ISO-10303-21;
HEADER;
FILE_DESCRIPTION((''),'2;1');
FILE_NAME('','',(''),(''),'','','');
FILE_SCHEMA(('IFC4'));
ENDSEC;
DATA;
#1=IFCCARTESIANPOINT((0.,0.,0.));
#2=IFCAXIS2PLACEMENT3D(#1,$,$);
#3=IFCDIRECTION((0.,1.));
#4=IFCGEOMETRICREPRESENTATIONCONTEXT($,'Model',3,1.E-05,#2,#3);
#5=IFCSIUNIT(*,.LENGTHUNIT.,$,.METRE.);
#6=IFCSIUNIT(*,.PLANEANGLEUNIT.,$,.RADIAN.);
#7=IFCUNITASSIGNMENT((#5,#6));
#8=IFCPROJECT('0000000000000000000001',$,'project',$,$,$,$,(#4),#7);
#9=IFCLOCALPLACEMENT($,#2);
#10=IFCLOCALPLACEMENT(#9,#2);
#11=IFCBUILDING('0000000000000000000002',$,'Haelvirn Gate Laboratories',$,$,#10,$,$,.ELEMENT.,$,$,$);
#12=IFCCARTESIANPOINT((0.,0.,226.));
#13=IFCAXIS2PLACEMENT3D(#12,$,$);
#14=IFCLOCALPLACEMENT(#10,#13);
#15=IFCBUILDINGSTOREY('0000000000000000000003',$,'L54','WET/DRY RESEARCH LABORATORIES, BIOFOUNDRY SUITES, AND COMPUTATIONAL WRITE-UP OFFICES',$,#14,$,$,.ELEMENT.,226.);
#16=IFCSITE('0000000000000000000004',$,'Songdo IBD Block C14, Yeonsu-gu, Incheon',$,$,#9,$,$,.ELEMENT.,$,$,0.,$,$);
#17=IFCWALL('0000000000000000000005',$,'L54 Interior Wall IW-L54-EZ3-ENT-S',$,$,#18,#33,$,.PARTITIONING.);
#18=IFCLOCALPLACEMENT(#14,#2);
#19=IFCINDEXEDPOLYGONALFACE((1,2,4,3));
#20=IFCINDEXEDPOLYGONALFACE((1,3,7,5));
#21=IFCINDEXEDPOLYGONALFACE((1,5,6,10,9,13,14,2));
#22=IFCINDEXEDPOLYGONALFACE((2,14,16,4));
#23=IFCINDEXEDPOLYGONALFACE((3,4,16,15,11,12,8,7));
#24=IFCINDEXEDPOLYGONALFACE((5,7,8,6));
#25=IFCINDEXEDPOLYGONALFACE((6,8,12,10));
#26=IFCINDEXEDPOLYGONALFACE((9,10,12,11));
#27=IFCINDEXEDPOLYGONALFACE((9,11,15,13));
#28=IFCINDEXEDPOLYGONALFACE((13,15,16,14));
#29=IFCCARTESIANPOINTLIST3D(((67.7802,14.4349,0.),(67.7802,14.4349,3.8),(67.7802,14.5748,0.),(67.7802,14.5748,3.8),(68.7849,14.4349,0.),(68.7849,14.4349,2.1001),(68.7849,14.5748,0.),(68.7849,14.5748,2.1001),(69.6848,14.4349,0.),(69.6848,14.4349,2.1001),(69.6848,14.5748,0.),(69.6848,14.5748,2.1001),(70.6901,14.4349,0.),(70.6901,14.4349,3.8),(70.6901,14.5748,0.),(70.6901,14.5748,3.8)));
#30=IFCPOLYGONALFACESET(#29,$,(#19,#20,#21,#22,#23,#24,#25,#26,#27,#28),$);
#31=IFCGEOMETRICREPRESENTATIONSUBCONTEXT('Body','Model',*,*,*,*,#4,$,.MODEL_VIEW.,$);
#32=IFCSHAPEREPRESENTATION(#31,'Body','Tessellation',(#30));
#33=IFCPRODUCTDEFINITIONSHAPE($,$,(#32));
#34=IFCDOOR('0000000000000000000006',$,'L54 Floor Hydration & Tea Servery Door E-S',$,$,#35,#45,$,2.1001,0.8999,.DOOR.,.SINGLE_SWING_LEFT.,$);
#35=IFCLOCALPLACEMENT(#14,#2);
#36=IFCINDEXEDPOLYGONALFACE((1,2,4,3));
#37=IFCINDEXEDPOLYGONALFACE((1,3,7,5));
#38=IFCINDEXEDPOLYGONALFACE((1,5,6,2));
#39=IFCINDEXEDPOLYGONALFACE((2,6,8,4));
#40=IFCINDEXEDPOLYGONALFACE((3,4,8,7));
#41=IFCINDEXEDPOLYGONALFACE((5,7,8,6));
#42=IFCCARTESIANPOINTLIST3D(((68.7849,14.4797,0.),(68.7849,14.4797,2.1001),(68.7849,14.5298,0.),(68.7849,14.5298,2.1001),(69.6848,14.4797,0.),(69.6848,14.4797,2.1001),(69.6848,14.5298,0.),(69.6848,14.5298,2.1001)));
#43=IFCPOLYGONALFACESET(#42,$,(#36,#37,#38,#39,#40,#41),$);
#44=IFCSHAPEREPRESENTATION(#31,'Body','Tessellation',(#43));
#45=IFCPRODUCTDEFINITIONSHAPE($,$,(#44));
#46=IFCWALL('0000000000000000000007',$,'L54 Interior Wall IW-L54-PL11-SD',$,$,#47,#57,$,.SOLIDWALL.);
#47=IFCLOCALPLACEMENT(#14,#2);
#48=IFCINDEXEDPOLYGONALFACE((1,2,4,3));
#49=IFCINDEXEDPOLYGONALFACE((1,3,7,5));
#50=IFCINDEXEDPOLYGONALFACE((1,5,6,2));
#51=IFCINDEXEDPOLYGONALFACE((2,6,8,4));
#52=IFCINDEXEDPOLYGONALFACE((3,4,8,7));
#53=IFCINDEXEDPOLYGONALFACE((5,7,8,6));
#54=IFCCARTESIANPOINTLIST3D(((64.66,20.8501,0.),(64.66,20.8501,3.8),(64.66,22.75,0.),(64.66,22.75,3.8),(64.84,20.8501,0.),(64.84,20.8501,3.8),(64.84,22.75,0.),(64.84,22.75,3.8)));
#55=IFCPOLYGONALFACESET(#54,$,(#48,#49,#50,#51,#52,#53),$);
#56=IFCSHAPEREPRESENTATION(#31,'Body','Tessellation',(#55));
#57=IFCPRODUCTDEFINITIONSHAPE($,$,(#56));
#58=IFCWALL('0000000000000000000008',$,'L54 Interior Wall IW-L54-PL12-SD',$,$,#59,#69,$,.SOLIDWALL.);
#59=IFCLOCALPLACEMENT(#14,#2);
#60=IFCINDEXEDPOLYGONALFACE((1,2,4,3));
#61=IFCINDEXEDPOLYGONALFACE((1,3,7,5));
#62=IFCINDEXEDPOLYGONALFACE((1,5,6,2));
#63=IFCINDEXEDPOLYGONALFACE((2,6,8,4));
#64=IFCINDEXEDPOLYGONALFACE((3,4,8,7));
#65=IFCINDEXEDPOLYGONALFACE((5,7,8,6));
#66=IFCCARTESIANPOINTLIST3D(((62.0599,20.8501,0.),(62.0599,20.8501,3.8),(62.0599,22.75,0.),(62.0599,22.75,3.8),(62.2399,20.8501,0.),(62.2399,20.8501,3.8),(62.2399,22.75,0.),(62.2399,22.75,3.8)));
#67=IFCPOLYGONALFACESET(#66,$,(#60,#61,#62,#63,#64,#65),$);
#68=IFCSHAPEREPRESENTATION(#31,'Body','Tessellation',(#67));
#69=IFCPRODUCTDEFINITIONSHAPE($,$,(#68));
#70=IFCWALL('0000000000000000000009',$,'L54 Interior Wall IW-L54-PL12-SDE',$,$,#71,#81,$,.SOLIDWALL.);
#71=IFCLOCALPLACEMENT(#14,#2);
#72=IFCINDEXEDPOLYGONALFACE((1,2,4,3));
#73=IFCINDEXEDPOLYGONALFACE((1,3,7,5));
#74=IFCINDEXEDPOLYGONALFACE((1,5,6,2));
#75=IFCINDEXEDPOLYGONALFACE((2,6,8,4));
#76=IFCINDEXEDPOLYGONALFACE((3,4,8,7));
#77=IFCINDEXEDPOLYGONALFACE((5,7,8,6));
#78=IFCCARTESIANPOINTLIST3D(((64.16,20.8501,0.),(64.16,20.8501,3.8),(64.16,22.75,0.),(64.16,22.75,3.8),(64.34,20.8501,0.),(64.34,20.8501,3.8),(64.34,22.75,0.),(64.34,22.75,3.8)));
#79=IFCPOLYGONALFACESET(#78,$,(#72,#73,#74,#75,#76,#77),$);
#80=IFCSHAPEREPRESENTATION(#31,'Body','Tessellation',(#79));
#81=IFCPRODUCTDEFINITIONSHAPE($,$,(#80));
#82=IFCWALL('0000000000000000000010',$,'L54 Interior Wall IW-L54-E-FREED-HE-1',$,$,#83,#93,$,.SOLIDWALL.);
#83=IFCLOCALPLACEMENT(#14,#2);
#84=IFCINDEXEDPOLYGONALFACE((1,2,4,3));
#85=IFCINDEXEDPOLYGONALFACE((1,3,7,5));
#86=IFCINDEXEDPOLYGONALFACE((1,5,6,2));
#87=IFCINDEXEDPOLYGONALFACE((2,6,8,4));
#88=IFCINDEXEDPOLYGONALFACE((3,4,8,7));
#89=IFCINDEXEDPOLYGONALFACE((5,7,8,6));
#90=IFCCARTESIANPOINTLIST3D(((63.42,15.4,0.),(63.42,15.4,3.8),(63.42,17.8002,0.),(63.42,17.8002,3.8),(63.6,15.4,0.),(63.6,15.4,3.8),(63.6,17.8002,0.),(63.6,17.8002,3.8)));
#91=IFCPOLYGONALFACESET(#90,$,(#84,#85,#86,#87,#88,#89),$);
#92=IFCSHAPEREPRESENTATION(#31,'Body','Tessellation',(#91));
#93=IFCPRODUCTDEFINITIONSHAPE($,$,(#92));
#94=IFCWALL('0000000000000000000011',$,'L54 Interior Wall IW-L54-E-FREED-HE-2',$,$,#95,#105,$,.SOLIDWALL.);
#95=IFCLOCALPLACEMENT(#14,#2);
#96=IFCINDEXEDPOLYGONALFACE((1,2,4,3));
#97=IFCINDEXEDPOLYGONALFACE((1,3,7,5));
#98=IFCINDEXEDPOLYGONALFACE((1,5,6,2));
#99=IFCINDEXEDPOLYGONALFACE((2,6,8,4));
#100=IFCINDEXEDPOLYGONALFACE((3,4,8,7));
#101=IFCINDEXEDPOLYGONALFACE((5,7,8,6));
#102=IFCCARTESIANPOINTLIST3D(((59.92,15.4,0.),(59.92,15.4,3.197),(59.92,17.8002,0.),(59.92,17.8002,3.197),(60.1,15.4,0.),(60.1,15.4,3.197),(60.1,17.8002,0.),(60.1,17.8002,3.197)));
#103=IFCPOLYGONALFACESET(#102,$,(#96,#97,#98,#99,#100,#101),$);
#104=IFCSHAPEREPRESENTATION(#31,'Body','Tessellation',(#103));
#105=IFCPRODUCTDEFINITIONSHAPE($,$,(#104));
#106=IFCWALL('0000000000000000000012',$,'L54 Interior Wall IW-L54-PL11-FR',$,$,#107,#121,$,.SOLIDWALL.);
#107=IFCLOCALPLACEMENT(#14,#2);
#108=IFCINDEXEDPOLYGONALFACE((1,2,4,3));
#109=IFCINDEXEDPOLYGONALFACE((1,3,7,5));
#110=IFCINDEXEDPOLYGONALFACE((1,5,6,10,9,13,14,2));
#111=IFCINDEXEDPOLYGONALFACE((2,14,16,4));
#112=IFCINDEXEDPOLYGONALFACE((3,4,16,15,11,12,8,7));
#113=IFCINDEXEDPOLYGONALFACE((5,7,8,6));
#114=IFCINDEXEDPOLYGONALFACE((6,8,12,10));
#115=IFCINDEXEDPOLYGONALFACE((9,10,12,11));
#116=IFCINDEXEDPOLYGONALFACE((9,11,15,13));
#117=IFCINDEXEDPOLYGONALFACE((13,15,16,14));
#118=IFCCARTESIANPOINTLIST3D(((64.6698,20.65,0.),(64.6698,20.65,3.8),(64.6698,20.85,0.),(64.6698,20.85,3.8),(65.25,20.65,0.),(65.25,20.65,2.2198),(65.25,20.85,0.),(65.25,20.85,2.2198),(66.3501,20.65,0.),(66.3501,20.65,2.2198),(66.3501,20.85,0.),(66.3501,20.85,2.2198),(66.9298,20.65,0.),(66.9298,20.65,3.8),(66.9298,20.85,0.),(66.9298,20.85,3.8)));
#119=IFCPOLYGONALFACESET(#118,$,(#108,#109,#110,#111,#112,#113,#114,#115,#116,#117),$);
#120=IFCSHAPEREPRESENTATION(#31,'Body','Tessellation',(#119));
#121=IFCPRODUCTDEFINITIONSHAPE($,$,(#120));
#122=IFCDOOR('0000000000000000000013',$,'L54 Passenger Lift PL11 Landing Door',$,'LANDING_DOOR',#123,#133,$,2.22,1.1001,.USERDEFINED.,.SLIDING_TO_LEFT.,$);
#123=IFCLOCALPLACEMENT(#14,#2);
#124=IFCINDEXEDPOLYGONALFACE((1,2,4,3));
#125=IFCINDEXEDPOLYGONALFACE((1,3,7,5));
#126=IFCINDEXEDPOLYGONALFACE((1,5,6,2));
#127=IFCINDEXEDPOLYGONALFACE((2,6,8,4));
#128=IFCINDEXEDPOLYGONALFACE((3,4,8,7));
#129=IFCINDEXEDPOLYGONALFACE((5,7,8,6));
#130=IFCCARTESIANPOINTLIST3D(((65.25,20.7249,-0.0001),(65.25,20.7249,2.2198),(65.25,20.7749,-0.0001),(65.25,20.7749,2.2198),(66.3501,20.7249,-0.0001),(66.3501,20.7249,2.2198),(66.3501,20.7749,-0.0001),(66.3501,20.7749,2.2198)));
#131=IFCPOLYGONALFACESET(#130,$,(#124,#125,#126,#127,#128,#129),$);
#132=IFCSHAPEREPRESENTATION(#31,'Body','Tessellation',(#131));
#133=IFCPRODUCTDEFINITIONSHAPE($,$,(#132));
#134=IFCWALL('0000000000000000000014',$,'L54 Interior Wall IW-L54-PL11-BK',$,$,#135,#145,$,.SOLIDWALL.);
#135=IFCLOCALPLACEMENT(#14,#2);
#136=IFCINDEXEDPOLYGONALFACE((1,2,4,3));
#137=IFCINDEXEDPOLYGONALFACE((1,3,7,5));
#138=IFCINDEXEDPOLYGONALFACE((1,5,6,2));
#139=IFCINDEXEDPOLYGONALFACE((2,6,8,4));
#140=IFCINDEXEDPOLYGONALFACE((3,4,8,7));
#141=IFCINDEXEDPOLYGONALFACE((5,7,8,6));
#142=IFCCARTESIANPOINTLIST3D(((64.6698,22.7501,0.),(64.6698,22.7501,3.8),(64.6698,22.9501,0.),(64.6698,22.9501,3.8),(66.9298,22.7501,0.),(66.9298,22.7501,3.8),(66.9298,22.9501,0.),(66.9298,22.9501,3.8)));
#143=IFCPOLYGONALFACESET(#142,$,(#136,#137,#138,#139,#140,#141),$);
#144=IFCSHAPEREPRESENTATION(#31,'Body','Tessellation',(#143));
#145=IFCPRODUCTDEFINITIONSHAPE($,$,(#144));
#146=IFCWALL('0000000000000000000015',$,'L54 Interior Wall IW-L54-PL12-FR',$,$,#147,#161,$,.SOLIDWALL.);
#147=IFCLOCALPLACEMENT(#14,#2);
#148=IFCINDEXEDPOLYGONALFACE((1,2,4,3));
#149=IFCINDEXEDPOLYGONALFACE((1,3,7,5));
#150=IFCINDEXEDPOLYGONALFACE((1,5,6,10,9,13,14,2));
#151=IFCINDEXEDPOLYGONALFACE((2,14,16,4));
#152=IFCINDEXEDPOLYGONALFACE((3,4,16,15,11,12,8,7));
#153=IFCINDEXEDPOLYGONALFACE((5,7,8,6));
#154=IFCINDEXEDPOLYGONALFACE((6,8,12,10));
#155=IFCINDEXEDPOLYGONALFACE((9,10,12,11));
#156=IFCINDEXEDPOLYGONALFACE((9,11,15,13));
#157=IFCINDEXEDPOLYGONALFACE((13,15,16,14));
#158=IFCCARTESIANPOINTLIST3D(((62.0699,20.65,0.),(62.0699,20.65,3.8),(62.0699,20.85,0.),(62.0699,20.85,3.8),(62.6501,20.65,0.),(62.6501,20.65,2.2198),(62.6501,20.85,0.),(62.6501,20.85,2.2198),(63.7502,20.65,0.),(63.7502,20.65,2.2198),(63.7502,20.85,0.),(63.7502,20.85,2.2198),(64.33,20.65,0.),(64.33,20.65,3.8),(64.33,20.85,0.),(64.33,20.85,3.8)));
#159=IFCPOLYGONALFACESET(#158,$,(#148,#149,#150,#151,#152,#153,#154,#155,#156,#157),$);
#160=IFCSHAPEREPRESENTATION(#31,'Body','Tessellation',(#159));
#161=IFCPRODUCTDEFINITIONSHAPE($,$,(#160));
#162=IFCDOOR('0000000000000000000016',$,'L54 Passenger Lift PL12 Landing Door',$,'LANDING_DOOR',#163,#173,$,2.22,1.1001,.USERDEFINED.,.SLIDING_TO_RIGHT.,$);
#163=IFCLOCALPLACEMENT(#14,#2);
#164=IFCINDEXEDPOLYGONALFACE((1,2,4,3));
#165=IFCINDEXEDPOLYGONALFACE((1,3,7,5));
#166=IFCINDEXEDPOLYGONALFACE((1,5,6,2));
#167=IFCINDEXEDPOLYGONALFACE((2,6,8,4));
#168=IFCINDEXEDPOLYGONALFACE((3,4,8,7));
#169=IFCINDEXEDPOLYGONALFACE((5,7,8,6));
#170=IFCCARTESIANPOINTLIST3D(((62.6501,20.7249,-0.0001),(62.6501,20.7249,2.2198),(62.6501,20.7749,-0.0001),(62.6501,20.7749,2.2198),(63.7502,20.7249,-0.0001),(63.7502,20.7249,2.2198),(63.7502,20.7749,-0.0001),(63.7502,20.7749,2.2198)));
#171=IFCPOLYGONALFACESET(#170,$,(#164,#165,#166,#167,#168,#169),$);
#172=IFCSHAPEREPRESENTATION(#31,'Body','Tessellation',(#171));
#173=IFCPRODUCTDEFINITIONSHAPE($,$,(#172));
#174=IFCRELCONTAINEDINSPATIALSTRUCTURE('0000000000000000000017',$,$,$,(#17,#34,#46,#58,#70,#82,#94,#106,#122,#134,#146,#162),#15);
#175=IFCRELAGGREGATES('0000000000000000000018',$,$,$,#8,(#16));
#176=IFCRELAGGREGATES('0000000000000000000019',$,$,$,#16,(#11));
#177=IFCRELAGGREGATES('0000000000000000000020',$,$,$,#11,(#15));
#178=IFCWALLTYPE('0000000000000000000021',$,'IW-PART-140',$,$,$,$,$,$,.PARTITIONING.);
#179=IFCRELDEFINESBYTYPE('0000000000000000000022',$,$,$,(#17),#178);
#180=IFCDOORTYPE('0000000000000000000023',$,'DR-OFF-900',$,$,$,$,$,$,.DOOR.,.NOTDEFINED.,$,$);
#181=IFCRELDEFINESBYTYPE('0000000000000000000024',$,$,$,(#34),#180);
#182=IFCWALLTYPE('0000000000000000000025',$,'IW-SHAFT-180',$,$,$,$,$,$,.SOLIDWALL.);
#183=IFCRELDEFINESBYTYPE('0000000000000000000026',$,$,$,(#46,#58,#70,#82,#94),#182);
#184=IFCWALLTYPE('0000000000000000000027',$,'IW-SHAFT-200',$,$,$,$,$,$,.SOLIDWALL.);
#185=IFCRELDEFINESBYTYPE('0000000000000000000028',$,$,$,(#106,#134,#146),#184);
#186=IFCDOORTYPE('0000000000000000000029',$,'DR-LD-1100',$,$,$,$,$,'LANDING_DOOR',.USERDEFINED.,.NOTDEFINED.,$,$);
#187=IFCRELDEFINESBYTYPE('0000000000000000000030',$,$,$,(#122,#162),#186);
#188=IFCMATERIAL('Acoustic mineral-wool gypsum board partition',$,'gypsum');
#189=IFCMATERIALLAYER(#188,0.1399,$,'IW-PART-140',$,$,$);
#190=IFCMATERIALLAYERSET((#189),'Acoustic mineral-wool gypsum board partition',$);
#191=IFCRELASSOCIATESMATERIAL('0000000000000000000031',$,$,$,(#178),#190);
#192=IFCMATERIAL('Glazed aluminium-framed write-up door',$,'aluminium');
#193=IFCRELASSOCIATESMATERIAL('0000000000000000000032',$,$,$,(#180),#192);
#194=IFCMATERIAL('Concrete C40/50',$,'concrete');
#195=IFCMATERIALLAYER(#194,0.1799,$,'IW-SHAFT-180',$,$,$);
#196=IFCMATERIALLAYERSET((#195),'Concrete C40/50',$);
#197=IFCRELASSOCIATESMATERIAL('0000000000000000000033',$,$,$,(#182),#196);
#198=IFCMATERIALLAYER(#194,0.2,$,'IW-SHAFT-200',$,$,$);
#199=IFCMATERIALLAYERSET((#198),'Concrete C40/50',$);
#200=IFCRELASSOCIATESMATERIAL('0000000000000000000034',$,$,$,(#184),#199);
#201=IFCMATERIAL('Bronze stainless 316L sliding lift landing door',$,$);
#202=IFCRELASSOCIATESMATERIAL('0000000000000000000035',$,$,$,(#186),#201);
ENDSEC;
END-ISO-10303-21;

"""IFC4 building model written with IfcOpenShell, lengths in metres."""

from ifc_helpers import new_model, si_unit, direction, frame, frame_2d, origin, place, context, subcontext, project, spatial, rectangle, extrude, source, transform, mapped, material, layer, layer_set, type_object, type_shapes, element, fill, save


model = new_model("IFC4")

# Units and contexts
model_context = context("Model", 3, precision=1e-05, world=origin(), true_north=direction((0.0, 1.0)))
body_context = subcontext(model_context, "Body", "Model", "MODEL_VIEW")
ifc_project = project(units=[si_unit("LENGTHUNIT", "METRE"), si_unit("PLANEANGLEUNIT", "RADIAN")], contexts=[model_context])

# Site, building, storey
site_placement = place(None, origin())
site = spatial("IfcSite", under=ifc_project, at=site_placement, Name="Songdo IBD Block C14, Yeonsu-gu, Incheon", CompositionType="ELEMENT", RefElevation=0.0)
building_placement = place(site_placement, origin())
building = spatial("IfcBuilding", under=site, at=building_placement, Name="Haelvirn Gate Laboratories", CompositionType="ELEMENT")
storey_placement = place(building_placement, frame((0.0, 0.0, 226.0)))
storey = spatial("IfcBuildingStorey", under=building, at=storey_placement, Name="L54", Description="WET/DRY RESEARCH LABORATORIES, BIOFOUNDRY SUITES, AND COMPUTATIONAL WRITE-UP OFFICES", CompositionType="ELEMENT", Elevation=226.0)

# Wall, opening, door
ifc_material_1 = material(Name="Acoustic mineral-wool gypsum board partition", Category="gypsum")
ifc_layer_1 = layer(ifc_material_1, 0.1399, Name="IW-PART-140")
ifc_layer_set_1 = layer_set([ifc_layer_1], Name="Acoustic mineral-wool gypsum board partition")
wall_type_1 = type_object("IfcWallType", Name="IW-PART-140", PredefinedType="PARTITIONING", material=ifc_layer_set_1)
wall_1_placement = place(storey_placement, frame((67.78, 14.5049, 0.0), z_axis=(0.0, 0.0, 1.0), x_axis=(1.0, 0.0, 0.0)))
wall_1 = element("IfcWall", 1, at=wall_1_placement, inside=storey, type_object=wall_type_1, Name="L54 Interior Wall IW-L54-EZ3-ENT-S", PredefinedType="PARTITIONING", context=body_context, shape_type="SweptSolid", body=[
    extrude(rectangle(XDim=2.9099, YDim=0.1399, at=frame_2d((1.4551, 0.0))), origin(), (0.0, 0.0, 1.0), 3.8),
])
opening_1_placement = place(wall_1_placement, frame((1.0049, 0.0, 0.0)))
opening_1 = element("IfcOpeningElement", 2, at=opening_1_placement, cuts=wall_1, PredefinedType="OPENING", context=body_context, shape_type="SweptSolid", body=[
    extrude(rectangle(XDim=0.8999, YDim=2.1001, at=frame_2d((0.45, 1.05))), frame((0.0, 0.0801, 0.0), z_axis=(0.0, -1.0, 0.0), x_axis=(1.0, 0.0, 0.0)), (0.0, 0.0, 1.0), 0.1599),
])
ifc_material_2 = material(Name="Glazed aluminium-framed write-up door", Category="aluminium")
door_type_1 = type_object("IfcDoorType", Name="DR-OFF-900", OperationType="NOTDEFINED", PredefinedType="DOOR", material=ifc_material_2)
shared_shape_1 = source(origin(), body_context, "Body", "SweptSolid", [
    extrude(rectangle(XDim=0.8999, YDim=2.1001, at=frame_2d((0.45, 1.05))), frame((0.0, 0.0249, 0.0), z_axis=(0.0, -1.0, 0.0), x_axis=(1.0, 0.0, 0.0)), (0.0, 0.0, 1.0), 0.05),
])
type_shapes(door_type_1, [shared_shape_1])
door_1_placement = place(opening_1_placement, origin())
door_1 = element("IfcDoor", 3, at=door_1_placement, inside=storey, type_object=door_type_1, Name="L54 Floor Hydration & Tea Servery Door E-S", OperationType="SINGLE_SWING_LEFT", OverallHeight=2.1001, OverallWidth=0.8999, PredefinedType="DOOR", context=body_context, shape_type="MappedRepresentation", body=[
    mapped(shared_shape_1, transform((0.0, 0.0, 0.0), scale=1.0)),
])
fill(opening_1, door_1)

# Walls
ifc_material_3 = material(Name="Concrete C40/50", Category="concrete")
ifc_layer_2 = layer(ifc_material_3, 0.1799, Name="IW-SHAFT-180")
ifc_layer_set_2 = layer_set([ifc_layer_2], Name="Concrete C40/50")
wall_type_2 = type_object("IfcWallType", Name="IW-SHAFT-180", PredefinedType="SOLIDWALL", material=ifc_layer_set_2)
for number, where, z_axis, x_axis, name in (
    (4, (64.75, 20.8501, 0.0), (0.0, 0.0, 1.0), (0.0, 1.0, 0.0), "L54 Interior Wall IW-L54-PL11-SD"),
    (5, (62.1499, 20.8501, 0.0), (0.0, 0.0, 1.0), (0.0, 1.0, 0.0), "L54 Interior Wall IW-L54-PL12-SD"),
    (6, (64.25, 20.8501, 0.0), (0.0, 0.0, 1.0), (0.0, 1.0, 0.0), "L54 Interior Wall IW-L54-PL12-SDE"),
):
    element("IfcWall", number, at=place(storey_placement, frame(where, z_axis=z_axis, x_axis=x_axis)), inside=storey, type_object=wall_type_2, Name=name, PredefinedType="SOLIDWALL", context=body_context, shape_type="SweptSolid", body=[
        extrude(rectangle(XDim=1.8999, YDim=0.1799, at=frame_2d((0.95, 0.0))), origin(), (0.0, 0.0, 1.0), 3.8),
    ])

# Wall
wall_2_placement = place(storey_placement, frame((63.51, 15.3999, 0.0), z_axis=(0.0, 0.0, 1.0), x_axis=(0.0, 1.0, 0.0)))
element("IfcWall", 7, at=wall_2_placement, inside=storey, type_object=wall_type_2, Name="L54 Interior Wall IW-L54-E-FREED-HE-1", PredefinedType="SOLIDWALL", context=body_context, shape_type="SweptSolid", body=[
    extrude(rectangle(XDim=2.4001, YDim=0.1799, at=frame_2d((1.2002, 0.0))), origin(), (0.0, 0.0, 1.0), 3.8),
])

# Wall
wall_3_placement = place(storey_placement, frame((60.01, 15.3999, 0.0), z_axis=(0.0, 0.0, 1.0), x_axis=(0.0, 1.0, 0.0)))
element("IfcWall", 8, at=wall_3_placement, inside=storey, type_object=wall_type_2, Name="L54 Interior Wall IW-L54-E-FREED-HE-2", PredefinedType="SOLIDWALL", context=body_context, shape_type="SweptSolid", body=[
    extrude(rectangle(XDim=2.4001, YDim=0.1799, at=frame_2d((1.2002, 0.0))), origin(), (0.0, 0.0, 1.0), 3.197),
])

# Wall, opening, door
ifc_layer_3 = layer(ifc_material_3, 0.2, Name="IW-SHAFT-200")
ifc_layer_set_3 = layer_set([ifc_layer_3], Name="Concrete C40/50")
wall_type_3 = type_object("IfcWallType", Name="IW-SHAFT-200", PredefinedType="SOLIDWALL", material=ifc_layer_set_3)
wall_4_placement = place(storey_placement, frame((64.6699, 20.75, 0.0), z_axis=(0.0, 0.0, 1.0), x_axis=(1.0, 0.0, 0.0)))
wall_4 = element("IfcWall", 9, at=wall_4_placement, inside=storey, type_object=wall_type_3, Name="L54 Interior Wall IW-L54-PL11-FR", PredefinedType="SOLIDWALL", context=body_context, shape_type="SweptSolid", body=[
    extrude(rectangle(XDim=2.26, YDim=0.2, at=frame_2d((1.1299, 0.0))), origin(), (0.0, 0.0, 1.0), 3.8),
])
opening_2_placement = place(wall_4_placement, frame((0.5801, 0.0, 0.0)))
opening_2 = element("IfcOpeningElement", 10, at=opening_2_placement, cuts=wall_4, PredefinedType="OPENING", context=body_context, shape_type="SweptSolid", body=[
    extrude(rectangle(XDim=1.1001, YDim=2.22, at=frame_2d((0.55, 1.1099))), frame((0.0, 0.1099, 0.0), z_axis=(0.0, -1.0, 0.0), x_axis=(1.0, 0.0, 0.0)), (0.0, 0.0, 1.0), 0.22),
])
ifc_material_4 = material(Name="Bronze stainless 316L sliding lift landing door")
door_type_2 = type_object("IfcDoorType", Name="DR-LD-1100", ElementType="LANDING_DOOR", OperationType="NOTDEFINED", PredefinedType="USERDEFINED", material=ifc_material_4)
shared_shape_2 = source(origin(), body_context, "Body", "SweptSolid", [
    extrude(rectangle(XDim=1.1001, YDim=2.22, at=frame_2d((0.55, 1.1099))), frame((0.0, 0.0249, 0.0), z_axis=(0.0, -1.0, 0.0), x_axis=(1.0, 0.0, 0.0)), (0.0, 0.0, 1.0), 0.05),
])
type_shapes(door_type_2, [shared_shape_2])
door_2_placement = place(opening_2_placement, origin())
door_2 = element("IfcDoor", 11, at=door_2_placement, inside=storey, type_object=door_type_2, Name="L54 Passenger Lift PL11 Landing Door", ObjectType="LANDING_DOOR", OperationType="SLIDING_TO_LEFT", OverallHeight=2.22, OverallWidth=1.1001, PredefinedType="USERDEFINED", context=body_context, shape_type="MappedRepresentation", body=[
    mapped(shared_shape_2, transform((0.0, 0.0, 0.0), scale=1.0)),
])
fill(opening_2, door_2)

# Wall
wall_5_placement = place(storey_placement, frame((64.6699, 22.8501, 0.0), z_axis=(0.0, 0.0, 1.0), x_axis=(1.0, 0.0, 0.0)))
element("IfcWall", 12, at=wall_5_placement, inside=storey, type_object=wall_type_3, Name="L54 Interior Wall IW-L54-PL11-BK", PredefinedType="SOLIDWALL", context=body_context, shape_type="SweptSolid", body=[
    extrude(rectangle(XDim=2.26, YDim=0.2, at=frame_2d((1.1299, 0.0))), origin(), (0.0, 0.0, 1.0), 3.8),
])

# Wall, opening, door
wall_6_placement = place(storey_placement, frame((62.0701, 20.75, 0.0), z_axis=(0.0, 0.0, 1.0), x_axis=(1.0, 0.0, 0.0)))
wall_6 = element("IfcWall", 13, at=wall_6_placement, inside=storey, type_object=wall_type_3, Name="L54 Interior Wall IW-L54-PL12-FR", PredefinedType="SOLIDWALL", context=body_context, shape_type="SweptSolid", body=[
    extrude(rectangle(XDim=2.26, YDim=0.2, at=frame_2d((1.1299, 0.0))), origin(), (0.0, 0.0, 1.0), 3.8),
])
opening_3_placement = place(wall_6_placement, frame((0.5801, 0.0, 0.0)))
opening_3 = element("IfcOpeningElement", 14, at=opening_3_placement, cuts=wall_6, PredefinedType="OPENING", context=body_context, shape_type="SweptSolid", body=[
    extrude(rectangle(XDim=1.1001, YDim=2.22, at=frame_2d((0.55, 1.1099))), frame((0.0, 0.1099, 0.0), z_axis=(0.0, -1.0, 0.0), x_axis=(1.0, 0.0, 0.0)), (0.0, 0.0, 1.0), 0.22),
])
door_3_placement = place(opening_3_placement, origin())
door_3 = element("IfcDoor", 15, at=door_3_placement, inside=storey, type_object=door_type_2, Name="L54 Passenger Lift PL12 Landing Door", ObjectType="LANDING_DOOR", OperationType="SLIDING_TO_RIGHT", OverallHeight=2.22, OverallWidth=1.1001, PredefinedType="USERDEFINED", context=body_context, shape_type="MappedRepresentation", body=[
    mapped(shared_shape_2, transform((0.0, 0.0, 0.0), scale=1.0)),
])
fill(opening_3, door_3)

save(model, "model.ifc")
